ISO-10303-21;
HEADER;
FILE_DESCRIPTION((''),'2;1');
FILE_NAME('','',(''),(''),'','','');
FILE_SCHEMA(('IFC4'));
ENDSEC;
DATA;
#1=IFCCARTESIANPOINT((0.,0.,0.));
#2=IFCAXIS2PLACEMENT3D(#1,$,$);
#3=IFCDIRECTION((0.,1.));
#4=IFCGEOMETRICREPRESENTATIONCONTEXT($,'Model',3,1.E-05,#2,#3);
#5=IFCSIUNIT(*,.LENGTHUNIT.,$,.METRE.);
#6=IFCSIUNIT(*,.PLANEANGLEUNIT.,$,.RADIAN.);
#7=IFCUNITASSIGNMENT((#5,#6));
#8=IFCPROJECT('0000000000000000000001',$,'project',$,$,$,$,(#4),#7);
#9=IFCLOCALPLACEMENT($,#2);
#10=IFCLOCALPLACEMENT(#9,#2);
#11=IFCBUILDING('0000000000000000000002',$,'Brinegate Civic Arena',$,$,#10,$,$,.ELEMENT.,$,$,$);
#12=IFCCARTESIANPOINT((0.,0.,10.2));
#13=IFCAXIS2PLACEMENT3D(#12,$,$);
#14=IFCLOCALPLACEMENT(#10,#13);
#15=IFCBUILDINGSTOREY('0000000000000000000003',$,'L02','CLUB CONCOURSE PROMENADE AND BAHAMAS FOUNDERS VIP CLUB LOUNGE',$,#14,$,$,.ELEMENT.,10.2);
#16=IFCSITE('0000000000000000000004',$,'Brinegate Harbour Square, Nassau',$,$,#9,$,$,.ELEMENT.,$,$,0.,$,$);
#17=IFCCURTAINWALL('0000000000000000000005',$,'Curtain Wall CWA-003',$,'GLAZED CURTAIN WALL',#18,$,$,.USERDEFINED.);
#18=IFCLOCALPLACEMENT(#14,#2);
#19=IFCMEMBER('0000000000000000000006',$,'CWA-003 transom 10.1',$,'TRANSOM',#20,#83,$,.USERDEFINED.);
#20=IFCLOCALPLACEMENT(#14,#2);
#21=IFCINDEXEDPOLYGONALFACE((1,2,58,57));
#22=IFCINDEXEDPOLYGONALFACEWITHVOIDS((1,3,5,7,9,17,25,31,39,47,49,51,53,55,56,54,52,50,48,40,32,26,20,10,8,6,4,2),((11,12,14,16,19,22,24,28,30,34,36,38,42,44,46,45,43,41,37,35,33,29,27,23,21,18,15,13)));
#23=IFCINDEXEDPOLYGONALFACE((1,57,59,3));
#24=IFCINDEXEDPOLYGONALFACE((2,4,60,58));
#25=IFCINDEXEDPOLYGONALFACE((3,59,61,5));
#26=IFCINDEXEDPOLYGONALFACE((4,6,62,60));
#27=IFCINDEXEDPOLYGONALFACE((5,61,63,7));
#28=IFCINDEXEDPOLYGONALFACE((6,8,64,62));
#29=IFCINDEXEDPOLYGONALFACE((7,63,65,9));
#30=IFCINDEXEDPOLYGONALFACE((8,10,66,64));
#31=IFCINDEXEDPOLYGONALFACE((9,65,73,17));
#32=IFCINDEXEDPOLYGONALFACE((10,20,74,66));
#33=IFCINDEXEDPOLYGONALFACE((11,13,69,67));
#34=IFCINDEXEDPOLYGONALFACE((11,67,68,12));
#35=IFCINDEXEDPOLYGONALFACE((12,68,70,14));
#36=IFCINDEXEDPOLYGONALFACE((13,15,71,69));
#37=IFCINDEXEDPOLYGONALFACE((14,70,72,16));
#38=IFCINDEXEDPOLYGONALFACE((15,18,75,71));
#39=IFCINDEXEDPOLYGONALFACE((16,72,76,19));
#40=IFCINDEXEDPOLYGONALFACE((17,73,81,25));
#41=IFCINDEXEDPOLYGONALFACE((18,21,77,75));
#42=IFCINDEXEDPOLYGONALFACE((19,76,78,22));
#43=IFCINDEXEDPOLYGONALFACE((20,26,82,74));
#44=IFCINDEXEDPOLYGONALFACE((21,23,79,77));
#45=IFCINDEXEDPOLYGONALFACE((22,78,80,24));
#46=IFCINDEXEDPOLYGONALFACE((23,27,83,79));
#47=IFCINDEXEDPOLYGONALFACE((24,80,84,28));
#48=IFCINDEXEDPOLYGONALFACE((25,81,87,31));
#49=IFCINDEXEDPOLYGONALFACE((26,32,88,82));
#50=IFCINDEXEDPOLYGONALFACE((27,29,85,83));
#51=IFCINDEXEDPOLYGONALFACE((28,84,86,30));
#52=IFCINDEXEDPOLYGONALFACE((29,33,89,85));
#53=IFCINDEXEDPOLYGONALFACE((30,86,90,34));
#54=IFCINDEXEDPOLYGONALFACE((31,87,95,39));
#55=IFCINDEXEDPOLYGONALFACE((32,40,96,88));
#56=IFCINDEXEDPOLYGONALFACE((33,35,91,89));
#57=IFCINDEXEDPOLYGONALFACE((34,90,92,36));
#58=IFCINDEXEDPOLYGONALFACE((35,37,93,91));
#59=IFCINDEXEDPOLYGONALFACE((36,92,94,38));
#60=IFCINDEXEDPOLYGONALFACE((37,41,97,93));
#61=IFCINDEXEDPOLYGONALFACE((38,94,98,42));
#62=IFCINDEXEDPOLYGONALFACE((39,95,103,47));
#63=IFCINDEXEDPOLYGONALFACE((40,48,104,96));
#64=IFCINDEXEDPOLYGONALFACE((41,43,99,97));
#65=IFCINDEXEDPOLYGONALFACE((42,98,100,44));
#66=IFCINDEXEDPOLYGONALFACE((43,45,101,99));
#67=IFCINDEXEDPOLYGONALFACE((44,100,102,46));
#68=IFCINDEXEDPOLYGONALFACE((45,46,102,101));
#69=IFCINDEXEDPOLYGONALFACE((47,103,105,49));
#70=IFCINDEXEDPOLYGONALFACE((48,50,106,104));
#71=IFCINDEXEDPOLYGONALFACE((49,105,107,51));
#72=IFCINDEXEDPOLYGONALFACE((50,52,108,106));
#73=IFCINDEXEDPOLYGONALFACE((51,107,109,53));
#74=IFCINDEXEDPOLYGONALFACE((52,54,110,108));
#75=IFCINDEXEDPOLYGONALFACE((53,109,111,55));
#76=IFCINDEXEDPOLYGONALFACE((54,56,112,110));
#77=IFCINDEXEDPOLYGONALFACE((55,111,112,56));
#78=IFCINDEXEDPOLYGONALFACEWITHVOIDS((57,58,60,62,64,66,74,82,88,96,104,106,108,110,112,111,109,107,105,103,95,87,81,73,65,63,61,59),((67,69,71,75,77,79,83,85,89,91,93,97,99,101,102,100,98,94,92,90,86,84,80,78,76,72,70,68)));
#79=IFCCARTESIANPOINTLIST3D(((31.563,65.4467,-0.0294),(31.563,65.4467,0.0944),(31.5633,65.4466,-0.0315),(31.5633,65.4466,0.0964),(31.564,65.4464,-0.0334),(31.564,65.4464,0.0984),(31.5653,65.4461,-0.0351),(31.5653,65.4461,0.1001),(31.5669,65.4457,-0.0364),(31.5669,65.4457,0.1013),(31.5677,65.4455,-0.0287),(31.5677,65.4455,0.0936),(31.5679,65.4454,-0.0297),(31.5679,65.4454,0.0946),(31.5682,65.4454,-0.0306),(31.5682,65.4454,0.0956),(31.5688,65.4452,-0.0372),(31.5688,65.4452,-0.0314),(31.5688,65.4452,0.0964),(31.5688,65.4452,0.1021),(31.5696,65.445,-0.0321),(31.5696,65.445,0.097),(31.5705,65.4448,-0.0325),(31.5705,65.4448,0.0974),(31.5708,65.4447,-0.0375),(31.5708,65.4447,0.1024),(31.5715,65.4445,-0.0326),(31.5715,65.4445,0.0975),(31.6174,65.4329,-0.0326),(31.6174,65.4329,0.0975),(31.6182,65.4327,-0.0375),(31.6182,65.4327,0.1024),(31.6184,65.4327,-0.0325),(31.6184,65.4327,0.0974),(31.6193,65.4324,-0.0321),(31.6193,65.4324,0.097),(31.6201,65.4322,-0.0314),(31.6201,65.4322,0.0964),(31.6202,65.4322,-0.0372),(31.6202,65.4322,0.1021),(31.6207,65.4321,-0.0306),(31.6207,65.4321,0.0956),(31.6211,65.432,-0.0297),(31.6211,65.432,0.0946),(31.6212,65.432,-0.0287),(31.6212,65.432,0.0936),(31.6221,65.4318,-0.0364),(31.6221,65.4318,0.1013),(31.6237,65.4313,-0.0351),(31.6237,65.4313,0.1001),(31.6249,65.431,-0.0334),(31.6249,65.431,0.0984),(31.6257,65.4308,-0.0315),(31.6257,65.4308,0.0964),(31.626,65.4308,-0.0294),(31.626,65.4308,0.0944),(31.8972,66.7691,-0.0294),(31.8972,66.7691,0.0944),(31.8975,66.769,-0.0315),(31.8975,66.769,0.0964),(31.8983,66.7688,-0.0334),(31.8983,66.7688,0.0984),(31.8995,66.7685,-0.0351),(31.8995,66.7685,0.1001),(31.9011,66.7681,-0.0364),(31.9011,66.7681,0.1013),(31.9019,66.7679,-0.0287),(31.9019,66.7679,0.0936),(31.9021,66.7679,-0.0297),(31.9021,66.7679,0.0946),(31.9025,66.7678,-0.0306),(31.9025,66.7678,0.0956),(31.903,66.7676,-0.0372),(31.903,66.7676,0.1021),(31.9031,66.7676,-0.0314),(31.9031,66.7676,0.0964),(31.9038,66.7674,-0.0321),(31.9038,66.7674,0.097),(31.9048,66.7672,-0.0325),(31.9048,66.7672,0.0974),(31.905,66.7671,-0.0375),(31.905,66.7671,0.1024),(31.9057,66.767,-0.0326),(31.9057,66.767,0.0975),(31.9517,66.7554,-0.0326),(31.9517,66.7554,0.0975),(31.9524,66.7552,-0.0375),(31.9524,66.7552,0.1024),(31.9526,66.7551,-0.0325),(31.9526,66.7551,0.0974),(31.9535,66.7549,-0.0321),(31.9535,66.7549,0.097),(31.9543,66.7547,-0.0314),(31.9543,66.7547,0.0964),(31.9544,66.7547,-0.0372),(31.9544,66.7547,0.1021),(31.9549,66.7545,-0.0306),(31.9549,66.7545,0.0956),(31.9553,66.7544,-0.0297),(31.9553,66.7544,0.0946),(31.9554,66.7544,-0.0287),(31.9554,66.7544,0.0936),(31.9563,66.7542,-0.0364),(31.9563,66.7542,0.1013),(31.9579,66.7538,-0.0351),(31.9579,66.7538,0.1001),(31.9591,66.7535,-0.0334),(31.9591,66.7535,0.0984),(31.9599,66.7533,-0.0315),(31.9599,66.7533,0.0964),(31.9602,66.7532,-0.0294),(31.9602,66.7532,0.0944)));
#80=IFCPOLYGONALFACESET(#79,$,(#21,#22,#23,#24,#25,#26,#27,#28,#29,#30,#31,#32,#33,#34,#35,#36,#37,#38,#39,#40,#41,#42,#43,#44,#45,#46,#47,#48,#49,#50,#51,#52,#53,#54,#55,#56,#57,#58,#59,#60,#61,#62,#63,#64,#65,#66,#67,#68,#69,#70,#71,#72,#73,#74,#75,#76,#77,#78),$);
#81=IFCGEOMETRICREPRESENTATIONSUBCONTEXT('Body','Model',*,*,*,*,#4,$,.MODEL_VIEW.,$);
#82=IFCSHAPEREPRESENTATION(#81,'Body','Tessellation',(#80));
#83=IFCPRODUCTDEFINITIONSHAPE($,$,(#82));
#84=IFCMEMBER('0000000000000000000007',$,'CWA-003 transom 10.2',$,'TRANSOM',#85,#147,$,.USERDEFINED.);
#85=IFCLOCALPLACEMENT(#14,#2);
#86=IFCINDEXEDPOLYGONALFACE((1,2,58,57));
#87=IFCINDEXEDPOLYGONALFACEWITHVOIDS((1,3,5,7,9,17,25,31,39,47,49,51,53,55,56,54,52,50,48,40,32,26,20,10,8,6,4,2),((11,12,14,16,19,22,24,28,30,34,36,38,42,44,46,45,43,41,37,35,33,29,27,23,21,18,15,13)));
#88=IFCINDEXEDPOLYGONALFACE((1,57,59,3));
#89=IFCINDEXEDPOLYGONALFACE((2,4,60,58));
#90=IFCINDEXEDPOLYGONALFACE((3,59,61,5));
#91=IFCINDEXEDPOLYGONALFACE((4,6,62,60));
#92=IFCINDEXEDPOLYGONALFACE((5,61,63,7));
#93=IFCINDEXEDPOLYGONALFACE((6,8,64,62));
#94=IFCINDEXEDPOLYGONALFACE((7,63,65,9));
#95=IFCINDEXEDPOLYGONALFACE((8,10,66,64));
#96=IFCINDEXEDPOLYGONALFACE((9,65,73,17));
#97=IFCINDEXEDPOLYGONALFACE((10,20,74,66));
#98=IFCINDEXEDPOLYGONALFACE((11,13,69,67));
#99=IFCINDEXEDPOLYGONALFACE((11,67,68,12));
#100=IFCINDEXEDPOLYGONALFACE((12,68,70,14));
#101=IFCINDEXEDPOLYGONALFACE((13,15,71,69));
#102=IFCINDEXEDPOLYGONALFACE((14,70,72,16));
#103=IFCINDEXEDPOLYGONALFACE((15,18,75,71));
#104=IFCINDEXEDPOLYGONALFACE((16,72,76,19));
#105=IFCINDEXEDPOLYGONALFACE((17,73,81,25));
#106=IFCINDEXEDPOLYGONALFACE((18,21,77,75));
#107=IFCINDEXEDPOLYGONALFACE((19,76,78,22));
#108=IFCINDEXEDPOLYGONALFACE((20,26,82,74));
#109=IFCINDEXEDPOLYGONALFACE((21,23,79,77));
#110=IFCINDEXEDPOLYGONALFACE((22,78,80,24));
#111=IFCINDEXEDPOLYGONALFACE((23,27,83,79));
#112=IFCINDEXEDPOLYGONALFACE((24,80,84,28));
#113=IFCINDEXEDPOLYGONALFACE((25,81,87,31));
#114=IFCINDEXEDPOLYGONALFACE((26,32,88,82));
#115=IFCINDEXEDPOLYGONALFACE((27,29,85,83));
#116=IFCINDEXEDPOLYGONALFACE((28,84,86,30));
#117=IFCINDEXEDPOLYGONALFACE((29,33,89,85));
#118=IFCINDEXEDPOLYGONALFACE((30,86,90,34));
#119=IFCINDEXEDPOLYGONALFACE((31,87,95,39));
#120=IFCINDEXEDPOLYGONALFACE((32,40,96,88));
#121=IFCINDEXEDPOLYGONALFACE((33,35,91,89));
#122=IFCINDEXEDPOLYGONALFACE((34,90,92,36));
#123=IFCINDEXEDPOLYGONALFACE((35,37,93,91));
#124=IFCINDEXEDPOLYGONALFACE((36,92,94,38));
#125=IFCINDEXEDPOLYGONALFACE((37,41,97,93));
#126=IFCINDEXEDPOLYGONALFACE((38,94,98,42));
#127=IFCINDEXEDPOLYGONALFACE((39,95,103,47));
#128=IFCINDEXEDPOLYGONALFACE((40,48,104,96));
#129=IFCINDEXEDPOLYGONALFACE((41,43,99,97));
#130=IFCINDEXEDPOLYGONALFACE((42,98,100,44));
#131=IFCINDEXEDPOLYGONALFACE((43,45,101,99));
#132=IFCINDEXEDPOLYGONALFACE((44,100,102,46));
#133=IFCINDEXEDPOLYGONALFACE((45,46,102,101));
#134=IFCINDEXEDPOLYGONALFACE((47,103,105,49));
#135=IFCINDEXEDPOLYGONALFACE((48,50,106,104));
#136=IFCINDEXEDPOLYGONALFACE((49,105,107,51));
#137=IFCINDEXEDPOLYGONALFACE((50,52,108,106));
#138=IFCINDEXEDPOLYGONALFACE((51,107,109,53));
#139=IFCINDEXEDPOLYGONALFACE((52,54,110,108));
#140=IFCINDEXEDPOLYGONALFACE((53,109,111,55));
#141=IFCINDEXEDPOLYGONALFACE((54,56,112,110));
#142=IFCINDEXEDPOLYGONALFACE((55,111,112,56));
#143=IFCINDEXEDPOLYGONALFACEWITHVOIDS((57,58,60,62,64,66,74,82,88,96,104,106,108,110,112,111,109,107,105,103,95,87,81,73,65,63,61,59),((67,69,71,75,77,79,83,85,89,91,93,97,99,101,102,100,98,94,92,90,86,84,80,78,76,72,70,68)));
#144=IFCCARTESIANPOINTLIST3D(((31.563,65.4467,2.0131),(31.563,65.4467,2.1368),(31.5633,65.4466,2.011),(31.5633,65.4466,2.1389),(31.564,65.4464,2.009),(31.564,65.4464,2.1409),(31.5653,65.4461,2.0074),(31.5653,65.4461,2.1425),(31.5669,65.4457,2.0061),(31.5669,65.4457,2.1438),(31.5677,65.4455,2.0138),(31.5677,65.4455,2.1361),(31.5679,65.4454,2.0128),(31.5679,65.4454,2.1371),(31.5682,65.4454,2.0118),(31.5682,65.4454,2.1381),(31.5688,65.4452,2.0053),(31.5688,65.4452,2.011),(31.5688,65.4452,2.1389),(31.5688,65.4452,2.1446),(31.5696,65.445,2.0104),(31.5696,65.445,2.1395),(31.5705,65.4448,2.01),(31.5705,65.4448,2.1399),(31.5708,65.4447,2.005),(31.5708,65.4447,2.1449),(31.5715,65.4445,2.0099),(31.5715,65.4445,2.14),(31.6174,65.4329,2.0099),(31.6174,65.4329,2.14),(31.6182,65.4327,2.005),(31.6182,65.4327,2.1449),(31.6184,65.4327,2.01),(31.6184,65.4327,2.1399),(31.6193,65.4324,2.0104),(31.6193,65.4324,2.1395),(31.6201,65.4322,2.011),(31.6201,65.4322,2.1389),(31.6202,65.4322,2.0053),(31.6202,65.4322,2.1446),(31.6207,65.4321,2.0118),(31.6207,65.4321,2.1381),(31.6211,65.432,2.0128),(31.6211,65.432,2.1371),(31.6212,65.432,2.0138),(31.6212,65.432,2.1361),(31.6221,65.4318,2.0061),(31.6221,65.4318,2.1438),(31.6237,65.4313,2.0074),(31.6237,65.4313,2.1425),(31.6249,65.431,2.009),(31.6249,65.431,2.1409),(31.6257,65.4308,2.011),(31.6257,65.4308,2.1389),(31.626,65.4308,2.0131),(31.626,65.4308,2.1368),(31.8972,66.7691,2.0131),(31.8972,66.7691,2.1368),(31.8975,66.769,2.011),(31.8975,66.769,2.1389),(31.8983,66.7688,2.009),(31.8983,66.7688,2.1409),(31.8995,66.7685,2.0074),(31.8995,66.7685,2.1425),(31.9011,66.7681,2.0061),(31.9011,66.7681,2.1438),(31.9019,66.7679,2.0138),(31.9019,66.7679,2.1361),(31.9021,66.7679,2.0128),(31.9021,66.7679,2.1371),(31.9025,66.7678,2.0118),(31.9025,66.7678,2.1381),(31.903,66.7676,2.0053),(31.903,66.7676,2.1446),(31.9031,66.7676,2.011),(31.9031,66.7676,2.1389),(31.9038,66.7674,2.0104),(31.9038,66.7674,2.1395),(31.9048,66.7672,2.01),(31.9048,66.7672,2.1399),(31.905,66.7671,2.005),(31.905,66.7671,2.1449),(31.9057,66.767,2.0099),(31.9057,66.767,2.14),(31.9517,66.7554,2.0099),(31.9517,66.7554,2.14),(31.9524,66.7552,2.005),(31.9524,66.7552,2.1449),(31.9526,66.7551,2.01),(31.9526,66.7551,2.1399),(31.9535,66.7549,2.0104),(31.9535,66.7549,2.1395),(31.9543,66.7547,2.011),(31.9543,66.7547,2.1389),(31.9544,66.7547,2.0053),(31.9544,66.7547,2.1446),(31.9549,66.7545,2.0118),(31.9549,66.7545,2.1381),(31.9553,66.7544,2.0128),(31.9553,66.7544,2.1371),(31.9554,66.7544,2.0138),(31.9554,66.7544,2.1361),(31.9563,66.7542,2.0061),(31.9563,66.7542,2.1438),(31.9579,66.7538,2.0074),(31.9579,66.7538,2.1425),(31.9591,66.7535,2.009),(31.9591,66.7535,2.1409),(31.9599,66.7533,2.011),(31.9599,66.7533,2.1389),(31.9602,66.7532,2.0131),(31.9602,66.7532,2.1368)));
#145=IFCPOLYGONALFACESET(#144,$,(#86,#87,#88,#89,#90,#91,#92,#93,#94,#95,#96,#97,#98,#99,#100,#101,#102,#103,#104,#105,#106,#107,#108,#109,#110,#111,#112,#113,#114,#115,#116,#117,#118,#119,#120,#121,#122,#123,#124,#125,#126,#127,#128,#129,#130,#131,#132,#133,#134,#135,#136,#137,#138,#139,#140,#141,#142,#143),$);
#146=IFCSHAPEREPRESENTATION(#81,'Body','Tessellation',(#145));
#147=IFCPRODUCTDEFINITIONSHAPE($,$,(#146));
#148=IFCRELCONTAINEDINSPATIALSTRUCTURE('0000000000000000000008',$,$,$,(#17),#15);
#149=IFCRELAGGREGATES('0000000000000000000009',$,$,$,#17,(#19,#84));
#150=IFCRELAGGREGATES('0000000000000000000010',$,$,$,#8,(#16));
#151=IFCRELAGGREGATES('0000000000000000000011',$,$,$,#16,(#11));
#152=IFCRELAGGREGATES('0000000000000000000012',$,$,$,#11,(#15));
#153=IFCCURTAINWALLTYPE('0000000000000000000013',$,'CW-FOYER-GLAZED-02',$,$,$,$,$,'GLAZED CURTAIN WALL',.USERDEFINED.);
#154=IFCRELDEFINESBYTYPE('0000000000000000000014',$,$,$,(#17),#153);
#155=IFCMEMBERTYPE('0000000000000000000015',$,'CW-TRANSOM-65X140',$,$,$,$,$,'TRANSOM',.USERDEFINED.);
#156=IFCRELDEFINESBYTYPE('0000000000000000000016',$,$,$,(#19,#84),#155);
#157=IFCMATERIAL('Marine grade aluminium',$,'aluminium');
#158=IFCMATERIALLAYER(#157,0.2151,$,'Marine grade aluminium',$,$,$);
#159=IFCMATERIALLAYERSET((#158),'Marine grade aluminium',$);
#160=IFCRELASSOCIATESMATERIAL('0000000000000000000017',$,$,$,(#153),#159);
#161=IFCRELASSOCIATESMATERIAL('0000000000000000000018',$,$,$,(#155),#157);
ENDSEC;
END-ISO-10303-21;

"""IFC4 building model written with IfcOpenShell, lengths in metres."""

from ifc_helpers import new_model, si_unit, direction, frame, origin, origin_2d, place, context, subcontext, project, spatial, hollow_rectangle, extrude, material, layer, layer_set, material_profile, profile_set, type_object, element, aggregate, save


model = new_model("IFC4")

# Units and contexts
model_context = context("Model", 3, precision=1e-05, world=origin(), true_north=direction((0.0, 1.0)))
body_context = subcontext(model_context, "Body", "Model", "MODEL_VIEW")
ifc_project = project(units=[si_unit("LENGTHUNIT", "METRE"), si_unit("PLANEANGLEUNIT", "RADIAN")], contexts=[model_context])

# Site, building, storey
site_placement = place(None, origin())
site = spatial("IfcSite", under=ifc_project, at=site_placement, Name="Brinegate Harbour Square, Nassau", CompositionType="ELEMENT", RefElevation=0.0)
building_placement = place(site_placement, origin())
building = spatial("IfcBuilding", under=site, at=building_placement, Name="Brinegate Civic Arena", CompositionType="ELEMENT")
storey_placement = place(building_placement, frame((0.0, 0.0, 10.2)))
storey = spatial("IfcBuildingStorey", under=building, at=storey_placement, Name="L02", Description="CLUB CONCOURSE PROMENADE AND BAHAMAS FOUNDERS VIP CLUB LOUNGE", CompositionType="ELEMENT", Elevation=10.2)

# Curtain wall, members
ifc_material_1 = material(Name="Marine grade aluminium", Category="aluminium")
ifc_layer_1 = layer(ifc_material_1, 0.2151, Name="Marine grade aluminium")
ifc_layer_set_1 = layer_set([ifc_layer_1], Name="Marine grade aluminium")
curtain_wall_type_1 = type_object("IfcCurtainWallType", Name="CW-FOYER-GLAZED-02", ElementType="GLAZED CURTAIN WALL", PredefinedType="USERDEFINED", material=ifc_layer_set_1)
curtain_wall_1_placement = place(storey_placement, origin())
curtain_wall_1 = element("IfcCurtainWall", 1, at=curtain_wall_1_placement, inside=storey, type_object=curtain_wall_type_1, Name="Curtain Wall CWA-003", ObjectType="GLAZED CURTAIN WALL", PredefinedType="USERDEFINED")
ifc_material_profile_1 = material_profile(ifc_material_1, hollow_rectangle(XDim=0.0649, YDim=0.1399, WallThickness=0.0049, InnerFilletRadius=0.0039, OuterFilletRadius=0.0081, at=origin_2d()), Name="TRN65X140")
ifc_profile_set_1 = profile_set([ifc_material_profile_1], Name="Marine grade aluminium")
member_type_1 = type_object("IfcMemberType", Name="CW-TRANSOM-65X140", ElementType="TRANSOM", PredefinedType="USERDEFINED", material=ifc_profile_set_1)
member_1_placement = place(storey_placement, frame((31.5945, 65.4387, 0.0325), z_axis=(0.245019, 0.969518, 0.0), x_axis=(-0.969518, 0.245019, 0.0)))
member_1 = element("IfcMember", 2, at=member_1_placement, type_object=member_type_1, Name="CWA-003 transom 10.1", ObjectType="TRANSOM", PredefinedType="USERDEFINED", context=body_context, shape_type="SweptSolid", body=[
    extrude(hollow_rectangle(XDim=0.0649, YDim=0.1399, WallThickness=0.0049, InnerFilletRadius=0.0039, OuterFilletRadius=0.0081, at=origin_2d()), origin(), (0.0, 0.0, 1.0), 1.364),
])
member_2_placement = place(storey_placement, frame((31.5945, 65.4387, 2.075), z_axis=(0.245019, 0.969518, 0.0), x_axis=(-0.969518, 0.245019, 0.0)))
member_2 = element("IfcMember", 3, at=member_2_placement, type_object=member_type_1, Name="CWA-003 transom 10.2", ObjectType="TRANSOM", PredefinedType="USERDEFINED", context=body_context, shape_type="SweptSolid", body=[
    extrude(hollow_rectangle(XDim=0.0649, YDim=0.1399, WallThickness=0.0049, InnerFilletRadius=0.0039, OuterFilletRadius=0.0081, at=origin_2d()), origin(), (0.0, 0.0, 1.0), 1.364),
])

aggregate(curtain_wall_1, [member_1, member_2])

save(model, "model.ifc")
